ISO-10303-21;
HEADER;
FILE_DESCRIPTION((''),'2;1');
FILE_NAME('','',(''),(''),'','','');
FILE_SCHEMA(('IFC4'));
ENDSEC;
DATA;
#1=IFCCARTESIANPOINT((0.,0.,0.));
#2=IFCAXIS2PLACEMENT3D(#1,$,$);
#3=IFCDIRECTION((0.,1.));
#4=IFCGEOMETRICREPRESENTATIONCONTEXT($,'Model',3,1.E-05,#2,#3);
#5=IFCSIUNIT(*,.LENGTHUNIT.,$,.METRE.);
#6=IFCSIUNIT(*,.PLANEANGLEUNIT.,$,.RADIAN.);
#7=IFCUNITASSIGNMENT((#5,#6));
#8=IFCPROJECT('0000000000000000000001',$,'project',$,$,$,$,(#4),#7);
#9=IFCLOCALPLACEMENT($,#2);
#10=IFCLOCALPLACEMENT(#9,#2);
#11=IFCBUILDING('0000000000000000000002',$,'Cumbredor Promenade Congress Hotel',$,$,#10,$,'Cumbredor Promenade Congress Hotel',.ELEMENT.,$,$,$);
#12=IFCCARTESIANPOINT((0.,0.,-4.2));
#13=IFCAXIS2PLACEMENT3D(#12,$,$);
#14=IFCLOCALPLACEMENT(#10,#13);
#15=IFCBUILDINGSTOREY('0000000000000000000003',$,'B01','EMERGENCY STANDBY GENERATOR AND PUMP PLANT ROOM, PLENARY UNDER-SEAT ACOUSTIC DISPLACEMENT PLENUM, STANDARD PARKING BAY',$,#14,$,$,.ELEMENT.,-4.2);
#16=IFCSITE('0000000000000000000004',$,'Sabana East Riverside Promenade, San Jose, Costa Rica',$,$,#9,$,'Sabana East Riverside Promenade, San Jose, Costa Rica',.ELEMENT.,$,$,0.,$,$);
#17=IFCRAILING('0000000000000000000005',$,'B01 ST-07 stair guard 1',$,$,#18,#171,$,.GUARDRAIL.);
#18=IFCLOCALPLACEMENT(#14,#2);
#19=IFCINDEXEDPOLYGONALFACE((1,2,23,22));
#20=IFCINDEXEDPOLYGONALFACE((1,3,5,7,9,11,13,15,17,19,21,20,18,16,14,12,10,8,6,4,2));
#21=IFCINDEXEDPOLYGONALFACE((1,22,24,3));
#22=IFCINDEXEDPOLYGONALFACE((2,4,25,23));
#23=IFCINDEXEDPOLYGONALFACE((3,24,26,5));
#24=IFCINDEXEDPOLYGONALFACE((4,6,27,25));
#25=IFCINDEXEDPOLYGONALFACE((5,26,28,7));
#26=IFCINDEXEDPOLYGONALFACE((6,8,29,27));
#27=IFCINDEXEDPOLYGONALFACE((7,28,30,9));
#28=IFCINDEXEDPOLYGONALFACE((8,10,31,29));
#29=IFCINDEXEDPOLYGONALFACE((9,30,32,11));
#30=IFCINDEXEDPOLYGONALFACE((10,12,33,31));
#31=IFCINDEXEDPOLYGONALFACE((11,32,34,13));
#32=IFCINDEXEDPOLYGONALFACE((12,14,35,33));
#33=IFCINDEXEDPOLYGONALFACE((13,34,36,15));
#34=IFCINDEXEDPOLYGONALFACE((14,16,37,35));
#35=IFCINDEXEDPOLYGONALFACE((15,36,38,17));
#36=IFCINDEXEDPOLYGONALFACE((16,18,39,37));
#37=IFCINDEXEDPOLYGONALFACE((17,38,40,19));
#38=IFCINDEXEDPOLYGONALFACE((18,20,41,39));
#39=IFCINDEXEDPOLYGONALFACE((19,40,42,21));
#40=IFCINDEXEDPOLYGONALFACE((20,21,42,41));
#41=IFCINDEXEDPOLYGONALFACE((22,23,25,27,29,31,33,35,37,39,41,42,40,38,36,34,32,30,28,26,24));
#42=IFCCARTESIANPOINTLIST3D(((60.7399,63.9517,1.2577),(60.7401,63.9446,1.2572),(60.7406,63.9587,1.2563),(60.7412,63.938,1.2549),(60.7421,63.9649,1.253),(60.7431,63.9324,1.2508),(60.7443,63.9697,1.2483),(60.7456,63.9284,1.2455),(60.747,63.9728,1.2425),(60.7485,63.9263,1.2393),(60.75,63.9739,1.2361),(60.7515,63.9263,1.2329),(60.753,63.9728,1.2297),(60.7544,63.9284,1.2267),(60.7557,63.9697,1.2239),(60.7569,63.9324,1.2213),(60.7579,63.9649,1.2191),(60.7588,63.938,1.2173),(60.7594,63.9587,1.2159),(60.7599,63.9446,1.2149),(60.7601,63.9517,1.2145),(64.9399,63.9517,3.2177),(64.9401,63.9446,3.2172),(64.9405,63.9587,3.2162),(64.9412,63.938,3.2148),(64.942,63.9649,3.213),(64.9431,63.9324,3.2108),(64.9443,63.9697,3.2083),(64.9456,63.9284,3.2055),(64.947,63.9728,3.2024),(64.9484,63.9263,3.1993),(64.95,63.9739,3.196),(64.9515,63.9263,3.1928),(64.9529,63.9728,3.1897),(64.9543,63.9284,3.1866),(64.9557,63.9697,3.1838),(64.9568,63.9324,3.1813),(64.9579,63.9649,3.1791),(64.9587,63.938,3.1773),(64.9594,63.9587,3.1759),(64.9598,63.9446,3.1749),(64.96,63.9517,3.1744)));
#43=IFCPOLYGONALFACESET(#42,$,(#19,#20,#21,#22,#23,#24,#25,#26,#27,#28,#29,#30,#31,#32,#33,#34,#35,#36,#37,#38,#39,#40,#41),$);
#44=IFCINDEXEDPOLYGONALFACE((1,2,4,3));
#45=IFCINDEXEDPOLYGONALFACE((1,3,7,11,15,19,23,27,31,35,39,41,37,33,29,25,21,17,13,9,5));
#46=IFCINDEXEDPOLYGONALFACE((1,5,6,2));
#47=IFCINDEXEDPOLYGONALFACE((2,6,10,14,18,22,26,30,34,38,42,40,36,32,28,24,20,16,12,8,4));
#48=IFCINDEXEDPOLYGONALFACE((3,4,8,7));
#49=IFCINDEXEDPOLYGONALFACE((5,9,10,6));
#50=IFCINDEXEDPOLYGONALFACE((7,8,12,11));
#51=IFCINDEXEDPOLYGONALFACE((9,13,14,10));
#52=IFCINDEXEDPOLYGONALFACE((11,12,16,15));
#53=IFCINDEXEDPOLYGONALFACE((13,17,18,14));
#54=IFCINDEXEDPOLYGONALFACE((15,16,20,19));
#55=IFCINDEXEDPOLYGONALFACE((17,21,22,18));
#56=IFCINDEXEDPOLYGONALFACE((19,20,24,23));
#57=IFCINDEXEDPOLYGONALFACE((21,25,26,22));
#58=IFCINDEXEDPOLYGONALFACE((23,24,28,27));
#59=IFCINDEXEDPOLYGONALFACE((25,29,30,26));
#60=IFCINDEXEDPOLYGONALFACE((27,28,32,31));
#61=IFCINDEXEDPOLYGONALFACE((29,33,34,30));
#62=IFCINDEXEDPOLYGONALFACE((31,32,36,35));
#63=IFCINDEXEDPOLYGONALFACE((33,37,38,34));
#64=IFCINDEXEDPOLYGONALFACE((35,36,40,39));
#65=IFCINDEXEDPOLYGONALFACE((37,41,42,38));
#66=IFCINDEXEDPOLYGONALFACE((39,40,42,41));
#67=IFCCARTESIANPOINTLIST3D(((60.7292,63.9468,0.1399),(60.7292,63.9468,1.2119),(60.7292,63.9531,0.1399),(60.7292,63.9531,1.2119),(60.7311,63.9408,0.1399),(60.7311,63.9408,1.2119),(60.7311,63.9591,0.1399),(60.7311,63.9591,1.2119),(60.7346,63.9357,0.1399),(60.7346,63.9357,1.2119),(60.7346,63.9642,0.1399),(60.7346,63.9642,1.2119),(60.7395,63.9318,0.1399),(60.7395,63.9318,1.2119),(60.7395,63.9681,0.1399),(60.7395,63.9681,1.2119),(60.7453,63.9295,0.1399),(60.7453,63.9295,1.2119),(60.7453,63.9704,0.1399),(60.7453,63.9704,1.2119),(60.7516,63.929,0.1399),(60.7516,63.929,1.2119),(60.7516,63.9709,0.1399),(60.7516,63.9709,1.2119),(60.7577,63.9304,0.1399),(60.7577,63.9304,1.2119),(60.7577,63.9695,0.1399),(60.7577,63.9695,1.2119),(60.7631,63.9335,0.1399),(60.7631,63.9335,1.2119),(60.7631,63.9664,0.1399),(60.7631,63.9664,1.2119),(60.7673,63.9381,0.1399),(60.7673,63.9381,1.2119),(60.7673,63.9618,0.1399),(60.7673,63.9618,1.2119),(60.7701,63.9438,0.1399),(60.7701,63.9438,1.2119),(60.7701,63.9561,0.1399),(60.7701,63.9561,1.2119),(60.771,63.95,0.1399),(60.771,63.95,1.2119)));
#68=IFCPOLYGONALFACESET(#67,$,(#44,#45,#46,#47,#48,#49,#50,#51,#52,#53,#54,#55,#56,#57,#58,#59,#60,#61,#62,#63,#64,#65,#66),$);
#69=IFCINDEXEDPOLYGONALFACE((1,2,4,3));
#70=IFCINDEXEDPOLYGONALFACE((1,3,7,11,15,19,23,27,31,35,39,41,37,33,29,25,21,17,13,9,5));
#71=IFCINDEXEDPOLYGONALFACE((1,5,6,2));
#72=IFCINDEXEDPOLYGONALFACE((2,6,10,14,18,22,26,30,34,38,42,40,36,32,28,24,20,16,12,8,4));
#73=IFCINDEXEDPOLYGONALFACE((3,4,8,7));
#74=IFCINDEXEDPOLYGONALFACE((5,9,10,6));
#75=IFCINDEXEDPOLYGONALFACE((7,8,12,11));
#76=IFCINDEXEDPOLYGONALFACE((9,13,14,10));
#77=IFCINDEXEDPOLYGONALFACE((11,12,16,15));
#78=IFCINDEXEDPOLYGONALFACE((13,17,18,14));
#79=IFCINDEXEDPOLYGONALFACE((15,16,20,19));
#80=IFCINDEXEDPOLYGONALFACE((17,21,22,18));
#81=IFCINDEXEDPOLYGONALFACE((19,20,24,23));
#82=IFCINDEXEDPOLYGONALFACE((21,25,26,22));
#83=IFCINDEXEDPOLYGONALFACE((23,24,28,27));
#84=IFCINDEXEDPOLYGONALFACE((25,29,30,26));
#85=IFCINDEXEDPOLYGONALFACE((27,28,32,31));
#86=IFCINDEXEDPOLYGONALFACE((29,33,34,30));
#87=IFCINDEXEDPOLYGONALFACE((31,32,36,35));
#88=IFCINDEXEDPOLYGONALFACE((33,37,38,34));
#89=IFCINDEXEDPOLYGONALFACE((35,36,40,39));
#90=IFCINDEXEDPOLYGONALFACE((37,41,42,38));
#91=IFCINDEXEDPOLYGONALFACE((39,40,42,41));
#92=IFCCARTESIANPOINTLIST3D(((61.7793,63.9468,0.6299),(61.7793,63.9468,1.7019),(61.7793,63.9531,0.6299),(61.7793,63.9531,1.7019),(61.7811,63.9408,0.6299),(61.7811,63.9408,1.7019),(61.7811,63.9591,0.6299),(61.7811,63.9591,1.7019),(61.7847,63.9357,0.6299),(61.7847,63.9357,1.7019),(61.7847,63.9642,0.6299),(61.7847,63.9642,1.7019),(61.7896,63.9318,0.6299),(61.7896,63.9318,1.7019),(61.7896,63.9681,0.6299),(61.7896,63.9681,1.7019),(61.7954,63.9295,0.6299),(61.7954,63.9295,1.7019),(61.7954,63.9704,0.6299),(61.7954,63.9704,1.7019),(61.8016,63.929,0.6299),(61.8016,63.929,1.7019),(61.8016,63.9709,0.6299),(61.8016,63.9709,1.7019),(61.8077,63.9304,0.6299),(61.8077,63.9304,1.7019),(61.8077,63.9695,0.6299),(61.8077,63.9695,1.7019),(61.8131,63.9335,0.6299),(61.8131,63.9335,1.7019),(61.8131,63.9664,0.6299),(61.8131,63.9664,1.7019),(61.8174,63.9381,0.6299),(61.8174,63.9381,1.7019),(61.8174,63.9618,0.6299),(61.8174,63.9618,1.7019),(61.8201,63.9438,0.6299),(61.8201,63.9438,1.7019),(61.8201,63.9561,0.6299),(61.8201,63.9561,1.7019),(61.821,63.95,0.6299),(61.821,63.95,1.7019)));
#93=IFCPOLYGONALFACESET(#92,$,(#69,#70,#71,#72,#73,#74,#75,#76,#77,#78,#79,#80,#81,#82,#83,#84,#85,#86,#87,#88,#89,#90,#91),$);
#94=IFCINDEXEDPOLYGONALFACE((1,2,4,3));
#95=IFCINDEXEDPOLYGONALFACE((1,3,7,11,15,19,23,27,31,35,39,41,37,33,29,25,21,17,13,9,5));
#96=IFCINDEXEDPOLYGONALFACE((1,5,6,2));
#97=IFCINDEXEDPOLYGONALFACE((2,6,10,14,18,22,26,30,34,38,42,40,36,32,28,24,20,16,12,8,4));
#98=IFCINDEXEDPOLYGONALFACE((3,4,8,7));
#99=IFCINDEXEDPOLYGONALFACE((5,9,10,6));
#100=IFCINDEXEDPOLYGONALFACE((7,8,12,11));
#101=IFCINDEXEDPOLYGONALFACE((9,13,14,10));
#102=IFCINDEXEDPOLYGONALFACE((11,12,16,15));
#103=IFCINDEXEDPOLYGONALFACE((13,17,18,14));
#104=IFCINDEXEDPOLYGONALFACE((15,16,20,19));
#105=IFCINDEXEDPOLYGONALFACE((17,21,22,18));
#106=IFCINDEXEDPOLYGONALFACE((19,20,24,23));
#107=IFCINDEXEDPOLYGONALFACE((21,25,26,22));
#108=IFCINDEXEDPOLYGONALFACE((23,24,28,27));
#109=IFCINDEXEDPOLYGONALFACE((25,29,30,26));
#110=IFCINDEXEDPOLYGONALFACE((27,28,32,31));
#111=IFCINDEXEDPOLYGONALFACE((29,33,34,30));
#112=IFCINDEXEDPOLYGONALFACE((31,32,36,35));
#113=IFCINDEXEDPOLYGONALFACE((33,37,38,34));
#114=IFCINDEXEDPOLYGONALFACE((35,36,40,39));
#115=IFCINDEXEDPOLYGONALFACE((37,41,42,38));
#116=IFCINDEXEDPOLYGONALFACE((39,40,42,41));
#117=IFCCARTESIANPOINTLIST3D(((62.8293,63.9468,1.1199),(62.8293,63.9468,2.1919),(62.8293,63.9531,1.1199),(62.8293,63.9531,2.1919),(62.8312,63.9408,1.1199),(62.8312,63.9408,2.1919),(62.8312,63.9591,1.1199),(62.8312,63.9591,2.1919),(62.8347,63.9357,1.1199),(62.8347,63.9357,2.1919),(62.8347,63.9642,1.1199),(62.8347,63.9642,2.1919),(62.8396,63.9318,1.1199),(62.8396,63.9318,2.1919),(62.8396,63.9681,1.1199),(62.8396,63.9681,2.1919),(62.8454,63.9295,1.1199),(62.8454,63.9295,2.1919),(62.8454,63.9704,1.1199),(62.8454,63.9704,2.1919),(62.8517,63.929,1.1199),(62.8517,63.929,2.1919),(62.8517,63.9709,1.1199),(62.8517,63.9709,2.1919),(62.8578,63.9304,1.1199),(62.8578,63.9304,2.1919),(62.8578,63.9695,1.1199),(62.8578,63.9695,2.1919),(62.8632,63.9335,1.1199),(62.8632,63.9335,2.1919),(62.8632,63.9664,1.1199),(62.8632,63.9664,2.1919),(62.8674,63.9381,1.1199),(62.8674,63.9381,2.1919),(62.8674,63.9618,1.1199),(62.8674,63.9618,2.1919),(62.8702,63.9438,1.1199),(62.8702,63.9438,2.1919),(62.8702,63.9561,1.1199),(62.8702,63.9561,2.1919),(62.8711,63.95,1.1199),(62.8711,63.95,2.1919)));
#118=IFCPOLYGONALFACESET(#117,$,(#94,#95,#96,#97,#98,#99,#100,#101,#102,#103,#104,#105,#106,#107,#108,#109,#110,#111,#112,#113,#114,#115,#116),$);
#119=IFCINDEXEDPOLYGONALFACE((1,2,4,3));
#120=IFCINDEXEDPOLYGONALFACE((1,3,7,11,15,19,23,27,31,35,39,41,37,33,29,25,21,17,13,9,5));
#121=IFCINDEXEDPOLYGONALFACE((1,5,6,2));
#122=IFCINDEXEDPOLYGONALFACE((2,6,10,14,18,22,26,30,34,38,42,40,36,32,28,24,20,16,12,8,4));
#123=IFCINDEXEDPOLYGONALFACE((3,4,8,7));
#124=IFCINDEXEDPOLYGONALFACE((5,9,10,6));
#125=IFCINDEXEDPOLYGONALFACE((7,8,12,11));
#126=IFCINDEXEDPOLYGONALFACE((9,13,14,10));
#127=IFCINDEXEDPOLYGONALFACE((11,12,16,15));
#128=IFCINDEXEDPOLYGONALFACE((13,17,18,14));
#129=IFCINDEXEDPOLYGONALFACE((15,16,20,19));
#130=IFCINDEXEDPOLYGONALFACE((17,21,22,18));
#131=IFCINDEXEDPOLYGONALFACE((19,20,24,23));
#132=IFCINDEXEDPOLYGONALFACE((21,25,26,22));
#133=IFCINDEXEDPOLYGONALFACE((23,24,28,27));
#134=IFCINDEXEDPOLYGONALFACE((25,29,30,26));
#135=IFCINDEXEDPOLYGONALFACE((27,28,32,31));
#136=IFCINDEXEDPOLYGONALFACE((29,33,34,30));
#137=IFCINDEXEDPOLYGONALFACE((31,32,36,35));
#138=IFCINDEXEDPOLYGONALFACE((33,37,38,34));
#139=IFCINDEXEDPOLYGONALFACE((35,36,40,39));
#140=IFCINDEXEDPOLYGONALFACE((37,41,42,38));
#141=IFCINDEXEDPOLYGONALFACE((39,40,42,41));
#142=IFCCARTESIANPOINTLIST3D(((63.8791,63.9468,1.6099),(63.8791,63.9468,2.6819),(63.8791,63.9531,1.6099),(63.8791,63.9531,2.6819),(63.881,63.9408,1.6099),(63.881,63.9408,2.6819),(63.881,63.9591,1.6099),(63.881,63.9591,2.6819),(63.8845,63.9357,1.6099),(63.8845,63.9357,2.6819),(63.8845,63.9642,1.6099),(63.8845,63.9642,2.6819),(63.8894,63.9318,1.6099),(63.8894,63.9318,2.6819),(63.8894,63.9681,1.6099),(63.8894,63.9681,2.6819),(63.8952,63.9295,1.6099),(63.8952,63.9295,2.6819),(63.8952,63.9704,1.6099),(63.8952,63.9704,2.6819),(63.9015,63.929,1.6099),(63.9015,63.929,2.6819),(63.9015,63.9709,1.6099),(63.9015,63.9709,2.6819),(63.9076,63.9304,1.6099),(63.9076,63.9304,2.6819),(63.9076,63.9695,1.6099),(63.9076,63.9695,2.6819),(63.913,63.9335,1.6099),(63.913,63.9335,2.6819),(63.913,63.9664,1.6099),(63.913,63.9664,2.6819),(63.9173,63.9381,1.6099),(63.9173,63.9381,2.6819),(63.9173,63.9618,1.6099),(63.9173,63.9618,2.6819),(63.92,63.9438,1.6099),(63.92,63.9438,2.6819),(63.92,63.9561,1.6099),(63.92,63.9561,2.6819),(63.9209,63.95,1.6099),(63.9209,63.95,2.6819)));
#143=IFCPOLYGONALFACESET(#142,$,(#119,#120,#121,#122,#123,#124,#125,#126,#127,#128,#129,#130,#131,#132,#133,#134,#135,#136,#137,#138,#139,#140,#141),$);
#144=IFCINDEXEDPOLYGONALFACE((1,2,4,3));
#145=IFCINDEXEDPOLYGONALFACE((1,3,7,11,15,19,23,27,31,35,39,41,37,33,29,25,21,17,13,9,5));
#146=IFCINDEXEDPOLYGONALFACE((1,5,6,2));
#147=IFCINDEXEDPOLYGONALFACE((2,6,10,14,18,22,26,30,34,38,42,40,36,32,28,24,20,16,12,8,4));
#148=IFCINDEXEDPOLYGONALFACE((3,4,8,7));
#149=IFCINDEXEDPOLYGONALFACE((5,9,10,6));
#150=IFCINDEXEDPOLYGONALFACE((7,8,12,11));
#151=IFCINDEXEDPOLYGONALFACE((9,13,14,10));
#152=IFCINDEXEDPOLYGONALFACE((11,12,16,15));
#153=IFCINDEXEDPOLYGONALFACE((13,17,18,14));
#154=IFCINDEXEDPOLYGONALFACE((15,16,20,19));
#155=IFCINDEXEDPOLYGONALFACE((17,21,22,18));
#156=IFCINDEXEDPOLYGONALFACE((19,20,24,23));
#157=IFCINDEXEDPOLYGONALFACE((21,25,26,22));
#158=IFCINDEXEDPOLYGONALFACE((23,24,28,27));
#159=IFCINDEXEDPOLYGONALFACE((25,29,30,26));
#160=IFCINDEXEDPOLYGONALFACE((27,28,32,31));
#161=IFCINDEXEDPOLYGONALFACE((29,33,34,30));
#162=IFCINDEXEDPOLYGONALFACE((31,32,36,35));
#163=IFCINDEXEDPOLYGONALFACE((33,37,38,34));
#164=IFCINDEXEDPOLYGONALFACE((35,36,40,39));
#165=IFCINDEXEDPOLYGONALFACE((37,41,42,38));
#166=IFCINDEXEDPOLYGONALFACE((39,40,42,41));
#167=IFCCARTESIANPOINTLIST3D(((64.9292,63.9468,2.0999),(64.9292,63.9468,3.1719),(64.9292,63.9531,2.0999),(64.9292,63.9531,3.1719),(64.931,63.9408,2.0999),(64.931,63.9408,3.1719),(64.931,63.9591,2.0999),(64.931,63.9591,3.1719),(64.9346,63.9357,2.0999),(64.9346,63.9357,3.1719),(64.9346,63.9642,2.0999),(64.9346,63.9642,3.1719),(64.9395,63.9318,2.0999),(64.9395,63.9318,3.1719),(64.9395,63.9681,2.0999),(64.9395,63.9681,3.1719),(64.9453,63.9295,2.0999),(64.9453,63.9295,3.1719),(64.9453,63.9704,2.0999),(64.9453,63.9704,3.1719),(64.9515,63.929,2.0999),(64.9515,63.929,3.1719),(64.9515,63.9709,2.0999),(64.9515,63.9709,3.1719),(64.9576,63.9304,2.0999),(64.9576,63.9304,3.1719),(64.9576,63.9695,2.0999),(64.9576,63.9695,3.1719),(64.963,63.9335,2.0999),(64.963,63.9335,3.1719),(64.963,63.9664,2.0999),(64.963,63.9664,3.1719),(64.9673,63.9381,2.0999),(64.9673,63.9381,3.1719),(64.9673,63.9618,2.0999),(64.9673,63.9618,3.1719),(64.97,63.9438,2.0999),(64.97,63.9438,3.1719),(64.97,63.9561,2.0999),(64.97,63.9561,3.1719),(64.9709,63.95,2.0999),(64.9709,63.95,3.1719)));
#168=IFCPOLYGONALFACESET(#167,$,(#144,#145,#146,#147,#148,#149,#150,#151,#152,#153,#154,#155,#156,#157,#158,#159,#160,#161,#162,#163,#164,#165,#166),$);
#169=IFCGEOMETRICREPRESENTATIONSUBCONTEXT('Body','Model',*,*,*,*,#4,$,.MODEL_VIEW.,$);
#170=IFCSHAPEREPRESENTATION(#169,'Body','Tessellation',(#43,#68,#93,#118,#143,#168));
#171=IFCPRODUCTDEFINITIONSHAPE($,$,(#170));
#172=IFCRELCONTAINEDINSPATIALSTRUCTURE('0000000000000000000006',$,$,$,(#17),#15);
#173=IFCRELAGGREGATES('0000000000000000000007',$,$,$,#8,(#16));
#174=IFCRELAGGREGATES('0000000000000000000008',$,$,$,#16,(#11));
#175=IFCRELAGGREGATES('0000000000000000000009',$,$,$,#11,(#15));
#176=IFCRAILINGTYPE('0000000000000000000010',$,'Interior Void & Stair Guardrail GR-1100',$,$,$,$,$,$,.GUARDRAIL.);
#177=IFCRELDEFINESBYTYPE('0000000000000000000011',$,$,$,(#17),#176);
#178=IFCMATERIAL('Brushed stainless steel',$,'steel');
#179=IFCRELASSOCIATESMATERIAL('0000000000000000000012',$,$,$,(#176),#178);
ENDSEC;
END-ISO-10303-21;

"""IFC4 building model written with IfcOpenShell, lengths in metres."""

from ifc_helpers import new_model, si_unit, direction, frame, origin, origin_2d, place, context, subcontext, project, spatial, circle, extrude, material, type_object, element, save


model = new_model("IFC4")

# Units and contexts
model_context = context("Model", 3, precision=1e-05, world=origin(), true_north=direction((0.0, 1.0)))
body_context = subcontext(model_context, "Body", "Model", "MODEL_VIEW")
ifc_project = project(units=[si_unit("LENGTHUNIT", "METRE"), si_unit("PLANEANGLEUNIT", "RADIAN")], contexts=[model_context])

# Site, building, storey
site_placement = place(None, origin())
site = spatial("IfcSite", under=ifc_project, at=site_placement, Name="Sabana East Riverside Promenade, San Jose, Costa Rica", LongName="Sabana East Riverside Promenade, San Jose, Costa Rica", CompositionType="ELEMENT", RefElevation=0.0)
building_placement = place(site_placement, origin())
building = spatial("IfcBuilding", under=site, at=building_placement, Name="Cumbredor Promenade Congress Hotel", LongName="Cumbredor Promenade Congress Hotel", CompositionType="ELEMENT")
storey_placement = place(building_placement, frame((0.0, 0.0, -4.2)))
storey = spatial("IfcBuildingStorey", under=building, at=storey_placement, Name="B01", Description="EMERGENCY STANDBY GENERATOR AND PUMP PLANT ROOM, PLENARY UNDER-SEAT ACOUSTIC DISPLACEMENT PLENUM, STANDARD PARKING BAY", CompositionType="ELEMENT", Elevation=-4.2)

# Railing
ifc_material_1 = material(Name="Brushed stainless steel", Category="steel")
railing_type_1 = type_object("IfcRailingType", Name="Interior Void & Stair Guardrail GR-1100", PredefinedType="GUARDRAIL", material=ifc_material_1)
railing_1_placement = place(storey_placement, frame((60.75, 63.95, 0.1399)))
element("IfcRailing", 1, at=railing_1_placement, inside=storey, type_object=railing_type_1, Name="B01 ST-07 stair guard 1", PredefinedType="GUARDRAIL", context=body_context, shape_type="SweptSolid", body=[
    extrude(circle(Radius=0.0239, at=origin_2d()), frame((0.0, 0.0, 1.0962), z_axis=(0.906184, 0.0, 0.422883), x_axis=(0.0, 1.0, 0.0)), (0.0, 0.0, 1.0), 4.6348),
    extrude(circle(Radius=0.021, at=origin_2d()), origin(), (0.0, 0.0, 1.0), 1.072),
    extrude(circle(Radius=0.021, at=origin_2d()), frame((1.05, 0.0, 0.49)), (0.0, 0.0, 1.0), 1.072),
    extrude(circle(Radius=0.021, at=origin_2d()), frame((2.1001, 0.0, 0.98)), (0.0, 0.0, 1.0), 1.072),
    extrude(circle(Radius=0.021, at=origin_2d()), frame((3.1499, 0.0, 1.47)), (0.0, 0.0, 1.0), 1.072),
    extrude(circle(Radius=0.021, at=origin_2d()), frame((4.2, 0.0, 1.96)), (0.0, 0.0, 1.0), 1.072),
])

save(model, "model.ifc")
